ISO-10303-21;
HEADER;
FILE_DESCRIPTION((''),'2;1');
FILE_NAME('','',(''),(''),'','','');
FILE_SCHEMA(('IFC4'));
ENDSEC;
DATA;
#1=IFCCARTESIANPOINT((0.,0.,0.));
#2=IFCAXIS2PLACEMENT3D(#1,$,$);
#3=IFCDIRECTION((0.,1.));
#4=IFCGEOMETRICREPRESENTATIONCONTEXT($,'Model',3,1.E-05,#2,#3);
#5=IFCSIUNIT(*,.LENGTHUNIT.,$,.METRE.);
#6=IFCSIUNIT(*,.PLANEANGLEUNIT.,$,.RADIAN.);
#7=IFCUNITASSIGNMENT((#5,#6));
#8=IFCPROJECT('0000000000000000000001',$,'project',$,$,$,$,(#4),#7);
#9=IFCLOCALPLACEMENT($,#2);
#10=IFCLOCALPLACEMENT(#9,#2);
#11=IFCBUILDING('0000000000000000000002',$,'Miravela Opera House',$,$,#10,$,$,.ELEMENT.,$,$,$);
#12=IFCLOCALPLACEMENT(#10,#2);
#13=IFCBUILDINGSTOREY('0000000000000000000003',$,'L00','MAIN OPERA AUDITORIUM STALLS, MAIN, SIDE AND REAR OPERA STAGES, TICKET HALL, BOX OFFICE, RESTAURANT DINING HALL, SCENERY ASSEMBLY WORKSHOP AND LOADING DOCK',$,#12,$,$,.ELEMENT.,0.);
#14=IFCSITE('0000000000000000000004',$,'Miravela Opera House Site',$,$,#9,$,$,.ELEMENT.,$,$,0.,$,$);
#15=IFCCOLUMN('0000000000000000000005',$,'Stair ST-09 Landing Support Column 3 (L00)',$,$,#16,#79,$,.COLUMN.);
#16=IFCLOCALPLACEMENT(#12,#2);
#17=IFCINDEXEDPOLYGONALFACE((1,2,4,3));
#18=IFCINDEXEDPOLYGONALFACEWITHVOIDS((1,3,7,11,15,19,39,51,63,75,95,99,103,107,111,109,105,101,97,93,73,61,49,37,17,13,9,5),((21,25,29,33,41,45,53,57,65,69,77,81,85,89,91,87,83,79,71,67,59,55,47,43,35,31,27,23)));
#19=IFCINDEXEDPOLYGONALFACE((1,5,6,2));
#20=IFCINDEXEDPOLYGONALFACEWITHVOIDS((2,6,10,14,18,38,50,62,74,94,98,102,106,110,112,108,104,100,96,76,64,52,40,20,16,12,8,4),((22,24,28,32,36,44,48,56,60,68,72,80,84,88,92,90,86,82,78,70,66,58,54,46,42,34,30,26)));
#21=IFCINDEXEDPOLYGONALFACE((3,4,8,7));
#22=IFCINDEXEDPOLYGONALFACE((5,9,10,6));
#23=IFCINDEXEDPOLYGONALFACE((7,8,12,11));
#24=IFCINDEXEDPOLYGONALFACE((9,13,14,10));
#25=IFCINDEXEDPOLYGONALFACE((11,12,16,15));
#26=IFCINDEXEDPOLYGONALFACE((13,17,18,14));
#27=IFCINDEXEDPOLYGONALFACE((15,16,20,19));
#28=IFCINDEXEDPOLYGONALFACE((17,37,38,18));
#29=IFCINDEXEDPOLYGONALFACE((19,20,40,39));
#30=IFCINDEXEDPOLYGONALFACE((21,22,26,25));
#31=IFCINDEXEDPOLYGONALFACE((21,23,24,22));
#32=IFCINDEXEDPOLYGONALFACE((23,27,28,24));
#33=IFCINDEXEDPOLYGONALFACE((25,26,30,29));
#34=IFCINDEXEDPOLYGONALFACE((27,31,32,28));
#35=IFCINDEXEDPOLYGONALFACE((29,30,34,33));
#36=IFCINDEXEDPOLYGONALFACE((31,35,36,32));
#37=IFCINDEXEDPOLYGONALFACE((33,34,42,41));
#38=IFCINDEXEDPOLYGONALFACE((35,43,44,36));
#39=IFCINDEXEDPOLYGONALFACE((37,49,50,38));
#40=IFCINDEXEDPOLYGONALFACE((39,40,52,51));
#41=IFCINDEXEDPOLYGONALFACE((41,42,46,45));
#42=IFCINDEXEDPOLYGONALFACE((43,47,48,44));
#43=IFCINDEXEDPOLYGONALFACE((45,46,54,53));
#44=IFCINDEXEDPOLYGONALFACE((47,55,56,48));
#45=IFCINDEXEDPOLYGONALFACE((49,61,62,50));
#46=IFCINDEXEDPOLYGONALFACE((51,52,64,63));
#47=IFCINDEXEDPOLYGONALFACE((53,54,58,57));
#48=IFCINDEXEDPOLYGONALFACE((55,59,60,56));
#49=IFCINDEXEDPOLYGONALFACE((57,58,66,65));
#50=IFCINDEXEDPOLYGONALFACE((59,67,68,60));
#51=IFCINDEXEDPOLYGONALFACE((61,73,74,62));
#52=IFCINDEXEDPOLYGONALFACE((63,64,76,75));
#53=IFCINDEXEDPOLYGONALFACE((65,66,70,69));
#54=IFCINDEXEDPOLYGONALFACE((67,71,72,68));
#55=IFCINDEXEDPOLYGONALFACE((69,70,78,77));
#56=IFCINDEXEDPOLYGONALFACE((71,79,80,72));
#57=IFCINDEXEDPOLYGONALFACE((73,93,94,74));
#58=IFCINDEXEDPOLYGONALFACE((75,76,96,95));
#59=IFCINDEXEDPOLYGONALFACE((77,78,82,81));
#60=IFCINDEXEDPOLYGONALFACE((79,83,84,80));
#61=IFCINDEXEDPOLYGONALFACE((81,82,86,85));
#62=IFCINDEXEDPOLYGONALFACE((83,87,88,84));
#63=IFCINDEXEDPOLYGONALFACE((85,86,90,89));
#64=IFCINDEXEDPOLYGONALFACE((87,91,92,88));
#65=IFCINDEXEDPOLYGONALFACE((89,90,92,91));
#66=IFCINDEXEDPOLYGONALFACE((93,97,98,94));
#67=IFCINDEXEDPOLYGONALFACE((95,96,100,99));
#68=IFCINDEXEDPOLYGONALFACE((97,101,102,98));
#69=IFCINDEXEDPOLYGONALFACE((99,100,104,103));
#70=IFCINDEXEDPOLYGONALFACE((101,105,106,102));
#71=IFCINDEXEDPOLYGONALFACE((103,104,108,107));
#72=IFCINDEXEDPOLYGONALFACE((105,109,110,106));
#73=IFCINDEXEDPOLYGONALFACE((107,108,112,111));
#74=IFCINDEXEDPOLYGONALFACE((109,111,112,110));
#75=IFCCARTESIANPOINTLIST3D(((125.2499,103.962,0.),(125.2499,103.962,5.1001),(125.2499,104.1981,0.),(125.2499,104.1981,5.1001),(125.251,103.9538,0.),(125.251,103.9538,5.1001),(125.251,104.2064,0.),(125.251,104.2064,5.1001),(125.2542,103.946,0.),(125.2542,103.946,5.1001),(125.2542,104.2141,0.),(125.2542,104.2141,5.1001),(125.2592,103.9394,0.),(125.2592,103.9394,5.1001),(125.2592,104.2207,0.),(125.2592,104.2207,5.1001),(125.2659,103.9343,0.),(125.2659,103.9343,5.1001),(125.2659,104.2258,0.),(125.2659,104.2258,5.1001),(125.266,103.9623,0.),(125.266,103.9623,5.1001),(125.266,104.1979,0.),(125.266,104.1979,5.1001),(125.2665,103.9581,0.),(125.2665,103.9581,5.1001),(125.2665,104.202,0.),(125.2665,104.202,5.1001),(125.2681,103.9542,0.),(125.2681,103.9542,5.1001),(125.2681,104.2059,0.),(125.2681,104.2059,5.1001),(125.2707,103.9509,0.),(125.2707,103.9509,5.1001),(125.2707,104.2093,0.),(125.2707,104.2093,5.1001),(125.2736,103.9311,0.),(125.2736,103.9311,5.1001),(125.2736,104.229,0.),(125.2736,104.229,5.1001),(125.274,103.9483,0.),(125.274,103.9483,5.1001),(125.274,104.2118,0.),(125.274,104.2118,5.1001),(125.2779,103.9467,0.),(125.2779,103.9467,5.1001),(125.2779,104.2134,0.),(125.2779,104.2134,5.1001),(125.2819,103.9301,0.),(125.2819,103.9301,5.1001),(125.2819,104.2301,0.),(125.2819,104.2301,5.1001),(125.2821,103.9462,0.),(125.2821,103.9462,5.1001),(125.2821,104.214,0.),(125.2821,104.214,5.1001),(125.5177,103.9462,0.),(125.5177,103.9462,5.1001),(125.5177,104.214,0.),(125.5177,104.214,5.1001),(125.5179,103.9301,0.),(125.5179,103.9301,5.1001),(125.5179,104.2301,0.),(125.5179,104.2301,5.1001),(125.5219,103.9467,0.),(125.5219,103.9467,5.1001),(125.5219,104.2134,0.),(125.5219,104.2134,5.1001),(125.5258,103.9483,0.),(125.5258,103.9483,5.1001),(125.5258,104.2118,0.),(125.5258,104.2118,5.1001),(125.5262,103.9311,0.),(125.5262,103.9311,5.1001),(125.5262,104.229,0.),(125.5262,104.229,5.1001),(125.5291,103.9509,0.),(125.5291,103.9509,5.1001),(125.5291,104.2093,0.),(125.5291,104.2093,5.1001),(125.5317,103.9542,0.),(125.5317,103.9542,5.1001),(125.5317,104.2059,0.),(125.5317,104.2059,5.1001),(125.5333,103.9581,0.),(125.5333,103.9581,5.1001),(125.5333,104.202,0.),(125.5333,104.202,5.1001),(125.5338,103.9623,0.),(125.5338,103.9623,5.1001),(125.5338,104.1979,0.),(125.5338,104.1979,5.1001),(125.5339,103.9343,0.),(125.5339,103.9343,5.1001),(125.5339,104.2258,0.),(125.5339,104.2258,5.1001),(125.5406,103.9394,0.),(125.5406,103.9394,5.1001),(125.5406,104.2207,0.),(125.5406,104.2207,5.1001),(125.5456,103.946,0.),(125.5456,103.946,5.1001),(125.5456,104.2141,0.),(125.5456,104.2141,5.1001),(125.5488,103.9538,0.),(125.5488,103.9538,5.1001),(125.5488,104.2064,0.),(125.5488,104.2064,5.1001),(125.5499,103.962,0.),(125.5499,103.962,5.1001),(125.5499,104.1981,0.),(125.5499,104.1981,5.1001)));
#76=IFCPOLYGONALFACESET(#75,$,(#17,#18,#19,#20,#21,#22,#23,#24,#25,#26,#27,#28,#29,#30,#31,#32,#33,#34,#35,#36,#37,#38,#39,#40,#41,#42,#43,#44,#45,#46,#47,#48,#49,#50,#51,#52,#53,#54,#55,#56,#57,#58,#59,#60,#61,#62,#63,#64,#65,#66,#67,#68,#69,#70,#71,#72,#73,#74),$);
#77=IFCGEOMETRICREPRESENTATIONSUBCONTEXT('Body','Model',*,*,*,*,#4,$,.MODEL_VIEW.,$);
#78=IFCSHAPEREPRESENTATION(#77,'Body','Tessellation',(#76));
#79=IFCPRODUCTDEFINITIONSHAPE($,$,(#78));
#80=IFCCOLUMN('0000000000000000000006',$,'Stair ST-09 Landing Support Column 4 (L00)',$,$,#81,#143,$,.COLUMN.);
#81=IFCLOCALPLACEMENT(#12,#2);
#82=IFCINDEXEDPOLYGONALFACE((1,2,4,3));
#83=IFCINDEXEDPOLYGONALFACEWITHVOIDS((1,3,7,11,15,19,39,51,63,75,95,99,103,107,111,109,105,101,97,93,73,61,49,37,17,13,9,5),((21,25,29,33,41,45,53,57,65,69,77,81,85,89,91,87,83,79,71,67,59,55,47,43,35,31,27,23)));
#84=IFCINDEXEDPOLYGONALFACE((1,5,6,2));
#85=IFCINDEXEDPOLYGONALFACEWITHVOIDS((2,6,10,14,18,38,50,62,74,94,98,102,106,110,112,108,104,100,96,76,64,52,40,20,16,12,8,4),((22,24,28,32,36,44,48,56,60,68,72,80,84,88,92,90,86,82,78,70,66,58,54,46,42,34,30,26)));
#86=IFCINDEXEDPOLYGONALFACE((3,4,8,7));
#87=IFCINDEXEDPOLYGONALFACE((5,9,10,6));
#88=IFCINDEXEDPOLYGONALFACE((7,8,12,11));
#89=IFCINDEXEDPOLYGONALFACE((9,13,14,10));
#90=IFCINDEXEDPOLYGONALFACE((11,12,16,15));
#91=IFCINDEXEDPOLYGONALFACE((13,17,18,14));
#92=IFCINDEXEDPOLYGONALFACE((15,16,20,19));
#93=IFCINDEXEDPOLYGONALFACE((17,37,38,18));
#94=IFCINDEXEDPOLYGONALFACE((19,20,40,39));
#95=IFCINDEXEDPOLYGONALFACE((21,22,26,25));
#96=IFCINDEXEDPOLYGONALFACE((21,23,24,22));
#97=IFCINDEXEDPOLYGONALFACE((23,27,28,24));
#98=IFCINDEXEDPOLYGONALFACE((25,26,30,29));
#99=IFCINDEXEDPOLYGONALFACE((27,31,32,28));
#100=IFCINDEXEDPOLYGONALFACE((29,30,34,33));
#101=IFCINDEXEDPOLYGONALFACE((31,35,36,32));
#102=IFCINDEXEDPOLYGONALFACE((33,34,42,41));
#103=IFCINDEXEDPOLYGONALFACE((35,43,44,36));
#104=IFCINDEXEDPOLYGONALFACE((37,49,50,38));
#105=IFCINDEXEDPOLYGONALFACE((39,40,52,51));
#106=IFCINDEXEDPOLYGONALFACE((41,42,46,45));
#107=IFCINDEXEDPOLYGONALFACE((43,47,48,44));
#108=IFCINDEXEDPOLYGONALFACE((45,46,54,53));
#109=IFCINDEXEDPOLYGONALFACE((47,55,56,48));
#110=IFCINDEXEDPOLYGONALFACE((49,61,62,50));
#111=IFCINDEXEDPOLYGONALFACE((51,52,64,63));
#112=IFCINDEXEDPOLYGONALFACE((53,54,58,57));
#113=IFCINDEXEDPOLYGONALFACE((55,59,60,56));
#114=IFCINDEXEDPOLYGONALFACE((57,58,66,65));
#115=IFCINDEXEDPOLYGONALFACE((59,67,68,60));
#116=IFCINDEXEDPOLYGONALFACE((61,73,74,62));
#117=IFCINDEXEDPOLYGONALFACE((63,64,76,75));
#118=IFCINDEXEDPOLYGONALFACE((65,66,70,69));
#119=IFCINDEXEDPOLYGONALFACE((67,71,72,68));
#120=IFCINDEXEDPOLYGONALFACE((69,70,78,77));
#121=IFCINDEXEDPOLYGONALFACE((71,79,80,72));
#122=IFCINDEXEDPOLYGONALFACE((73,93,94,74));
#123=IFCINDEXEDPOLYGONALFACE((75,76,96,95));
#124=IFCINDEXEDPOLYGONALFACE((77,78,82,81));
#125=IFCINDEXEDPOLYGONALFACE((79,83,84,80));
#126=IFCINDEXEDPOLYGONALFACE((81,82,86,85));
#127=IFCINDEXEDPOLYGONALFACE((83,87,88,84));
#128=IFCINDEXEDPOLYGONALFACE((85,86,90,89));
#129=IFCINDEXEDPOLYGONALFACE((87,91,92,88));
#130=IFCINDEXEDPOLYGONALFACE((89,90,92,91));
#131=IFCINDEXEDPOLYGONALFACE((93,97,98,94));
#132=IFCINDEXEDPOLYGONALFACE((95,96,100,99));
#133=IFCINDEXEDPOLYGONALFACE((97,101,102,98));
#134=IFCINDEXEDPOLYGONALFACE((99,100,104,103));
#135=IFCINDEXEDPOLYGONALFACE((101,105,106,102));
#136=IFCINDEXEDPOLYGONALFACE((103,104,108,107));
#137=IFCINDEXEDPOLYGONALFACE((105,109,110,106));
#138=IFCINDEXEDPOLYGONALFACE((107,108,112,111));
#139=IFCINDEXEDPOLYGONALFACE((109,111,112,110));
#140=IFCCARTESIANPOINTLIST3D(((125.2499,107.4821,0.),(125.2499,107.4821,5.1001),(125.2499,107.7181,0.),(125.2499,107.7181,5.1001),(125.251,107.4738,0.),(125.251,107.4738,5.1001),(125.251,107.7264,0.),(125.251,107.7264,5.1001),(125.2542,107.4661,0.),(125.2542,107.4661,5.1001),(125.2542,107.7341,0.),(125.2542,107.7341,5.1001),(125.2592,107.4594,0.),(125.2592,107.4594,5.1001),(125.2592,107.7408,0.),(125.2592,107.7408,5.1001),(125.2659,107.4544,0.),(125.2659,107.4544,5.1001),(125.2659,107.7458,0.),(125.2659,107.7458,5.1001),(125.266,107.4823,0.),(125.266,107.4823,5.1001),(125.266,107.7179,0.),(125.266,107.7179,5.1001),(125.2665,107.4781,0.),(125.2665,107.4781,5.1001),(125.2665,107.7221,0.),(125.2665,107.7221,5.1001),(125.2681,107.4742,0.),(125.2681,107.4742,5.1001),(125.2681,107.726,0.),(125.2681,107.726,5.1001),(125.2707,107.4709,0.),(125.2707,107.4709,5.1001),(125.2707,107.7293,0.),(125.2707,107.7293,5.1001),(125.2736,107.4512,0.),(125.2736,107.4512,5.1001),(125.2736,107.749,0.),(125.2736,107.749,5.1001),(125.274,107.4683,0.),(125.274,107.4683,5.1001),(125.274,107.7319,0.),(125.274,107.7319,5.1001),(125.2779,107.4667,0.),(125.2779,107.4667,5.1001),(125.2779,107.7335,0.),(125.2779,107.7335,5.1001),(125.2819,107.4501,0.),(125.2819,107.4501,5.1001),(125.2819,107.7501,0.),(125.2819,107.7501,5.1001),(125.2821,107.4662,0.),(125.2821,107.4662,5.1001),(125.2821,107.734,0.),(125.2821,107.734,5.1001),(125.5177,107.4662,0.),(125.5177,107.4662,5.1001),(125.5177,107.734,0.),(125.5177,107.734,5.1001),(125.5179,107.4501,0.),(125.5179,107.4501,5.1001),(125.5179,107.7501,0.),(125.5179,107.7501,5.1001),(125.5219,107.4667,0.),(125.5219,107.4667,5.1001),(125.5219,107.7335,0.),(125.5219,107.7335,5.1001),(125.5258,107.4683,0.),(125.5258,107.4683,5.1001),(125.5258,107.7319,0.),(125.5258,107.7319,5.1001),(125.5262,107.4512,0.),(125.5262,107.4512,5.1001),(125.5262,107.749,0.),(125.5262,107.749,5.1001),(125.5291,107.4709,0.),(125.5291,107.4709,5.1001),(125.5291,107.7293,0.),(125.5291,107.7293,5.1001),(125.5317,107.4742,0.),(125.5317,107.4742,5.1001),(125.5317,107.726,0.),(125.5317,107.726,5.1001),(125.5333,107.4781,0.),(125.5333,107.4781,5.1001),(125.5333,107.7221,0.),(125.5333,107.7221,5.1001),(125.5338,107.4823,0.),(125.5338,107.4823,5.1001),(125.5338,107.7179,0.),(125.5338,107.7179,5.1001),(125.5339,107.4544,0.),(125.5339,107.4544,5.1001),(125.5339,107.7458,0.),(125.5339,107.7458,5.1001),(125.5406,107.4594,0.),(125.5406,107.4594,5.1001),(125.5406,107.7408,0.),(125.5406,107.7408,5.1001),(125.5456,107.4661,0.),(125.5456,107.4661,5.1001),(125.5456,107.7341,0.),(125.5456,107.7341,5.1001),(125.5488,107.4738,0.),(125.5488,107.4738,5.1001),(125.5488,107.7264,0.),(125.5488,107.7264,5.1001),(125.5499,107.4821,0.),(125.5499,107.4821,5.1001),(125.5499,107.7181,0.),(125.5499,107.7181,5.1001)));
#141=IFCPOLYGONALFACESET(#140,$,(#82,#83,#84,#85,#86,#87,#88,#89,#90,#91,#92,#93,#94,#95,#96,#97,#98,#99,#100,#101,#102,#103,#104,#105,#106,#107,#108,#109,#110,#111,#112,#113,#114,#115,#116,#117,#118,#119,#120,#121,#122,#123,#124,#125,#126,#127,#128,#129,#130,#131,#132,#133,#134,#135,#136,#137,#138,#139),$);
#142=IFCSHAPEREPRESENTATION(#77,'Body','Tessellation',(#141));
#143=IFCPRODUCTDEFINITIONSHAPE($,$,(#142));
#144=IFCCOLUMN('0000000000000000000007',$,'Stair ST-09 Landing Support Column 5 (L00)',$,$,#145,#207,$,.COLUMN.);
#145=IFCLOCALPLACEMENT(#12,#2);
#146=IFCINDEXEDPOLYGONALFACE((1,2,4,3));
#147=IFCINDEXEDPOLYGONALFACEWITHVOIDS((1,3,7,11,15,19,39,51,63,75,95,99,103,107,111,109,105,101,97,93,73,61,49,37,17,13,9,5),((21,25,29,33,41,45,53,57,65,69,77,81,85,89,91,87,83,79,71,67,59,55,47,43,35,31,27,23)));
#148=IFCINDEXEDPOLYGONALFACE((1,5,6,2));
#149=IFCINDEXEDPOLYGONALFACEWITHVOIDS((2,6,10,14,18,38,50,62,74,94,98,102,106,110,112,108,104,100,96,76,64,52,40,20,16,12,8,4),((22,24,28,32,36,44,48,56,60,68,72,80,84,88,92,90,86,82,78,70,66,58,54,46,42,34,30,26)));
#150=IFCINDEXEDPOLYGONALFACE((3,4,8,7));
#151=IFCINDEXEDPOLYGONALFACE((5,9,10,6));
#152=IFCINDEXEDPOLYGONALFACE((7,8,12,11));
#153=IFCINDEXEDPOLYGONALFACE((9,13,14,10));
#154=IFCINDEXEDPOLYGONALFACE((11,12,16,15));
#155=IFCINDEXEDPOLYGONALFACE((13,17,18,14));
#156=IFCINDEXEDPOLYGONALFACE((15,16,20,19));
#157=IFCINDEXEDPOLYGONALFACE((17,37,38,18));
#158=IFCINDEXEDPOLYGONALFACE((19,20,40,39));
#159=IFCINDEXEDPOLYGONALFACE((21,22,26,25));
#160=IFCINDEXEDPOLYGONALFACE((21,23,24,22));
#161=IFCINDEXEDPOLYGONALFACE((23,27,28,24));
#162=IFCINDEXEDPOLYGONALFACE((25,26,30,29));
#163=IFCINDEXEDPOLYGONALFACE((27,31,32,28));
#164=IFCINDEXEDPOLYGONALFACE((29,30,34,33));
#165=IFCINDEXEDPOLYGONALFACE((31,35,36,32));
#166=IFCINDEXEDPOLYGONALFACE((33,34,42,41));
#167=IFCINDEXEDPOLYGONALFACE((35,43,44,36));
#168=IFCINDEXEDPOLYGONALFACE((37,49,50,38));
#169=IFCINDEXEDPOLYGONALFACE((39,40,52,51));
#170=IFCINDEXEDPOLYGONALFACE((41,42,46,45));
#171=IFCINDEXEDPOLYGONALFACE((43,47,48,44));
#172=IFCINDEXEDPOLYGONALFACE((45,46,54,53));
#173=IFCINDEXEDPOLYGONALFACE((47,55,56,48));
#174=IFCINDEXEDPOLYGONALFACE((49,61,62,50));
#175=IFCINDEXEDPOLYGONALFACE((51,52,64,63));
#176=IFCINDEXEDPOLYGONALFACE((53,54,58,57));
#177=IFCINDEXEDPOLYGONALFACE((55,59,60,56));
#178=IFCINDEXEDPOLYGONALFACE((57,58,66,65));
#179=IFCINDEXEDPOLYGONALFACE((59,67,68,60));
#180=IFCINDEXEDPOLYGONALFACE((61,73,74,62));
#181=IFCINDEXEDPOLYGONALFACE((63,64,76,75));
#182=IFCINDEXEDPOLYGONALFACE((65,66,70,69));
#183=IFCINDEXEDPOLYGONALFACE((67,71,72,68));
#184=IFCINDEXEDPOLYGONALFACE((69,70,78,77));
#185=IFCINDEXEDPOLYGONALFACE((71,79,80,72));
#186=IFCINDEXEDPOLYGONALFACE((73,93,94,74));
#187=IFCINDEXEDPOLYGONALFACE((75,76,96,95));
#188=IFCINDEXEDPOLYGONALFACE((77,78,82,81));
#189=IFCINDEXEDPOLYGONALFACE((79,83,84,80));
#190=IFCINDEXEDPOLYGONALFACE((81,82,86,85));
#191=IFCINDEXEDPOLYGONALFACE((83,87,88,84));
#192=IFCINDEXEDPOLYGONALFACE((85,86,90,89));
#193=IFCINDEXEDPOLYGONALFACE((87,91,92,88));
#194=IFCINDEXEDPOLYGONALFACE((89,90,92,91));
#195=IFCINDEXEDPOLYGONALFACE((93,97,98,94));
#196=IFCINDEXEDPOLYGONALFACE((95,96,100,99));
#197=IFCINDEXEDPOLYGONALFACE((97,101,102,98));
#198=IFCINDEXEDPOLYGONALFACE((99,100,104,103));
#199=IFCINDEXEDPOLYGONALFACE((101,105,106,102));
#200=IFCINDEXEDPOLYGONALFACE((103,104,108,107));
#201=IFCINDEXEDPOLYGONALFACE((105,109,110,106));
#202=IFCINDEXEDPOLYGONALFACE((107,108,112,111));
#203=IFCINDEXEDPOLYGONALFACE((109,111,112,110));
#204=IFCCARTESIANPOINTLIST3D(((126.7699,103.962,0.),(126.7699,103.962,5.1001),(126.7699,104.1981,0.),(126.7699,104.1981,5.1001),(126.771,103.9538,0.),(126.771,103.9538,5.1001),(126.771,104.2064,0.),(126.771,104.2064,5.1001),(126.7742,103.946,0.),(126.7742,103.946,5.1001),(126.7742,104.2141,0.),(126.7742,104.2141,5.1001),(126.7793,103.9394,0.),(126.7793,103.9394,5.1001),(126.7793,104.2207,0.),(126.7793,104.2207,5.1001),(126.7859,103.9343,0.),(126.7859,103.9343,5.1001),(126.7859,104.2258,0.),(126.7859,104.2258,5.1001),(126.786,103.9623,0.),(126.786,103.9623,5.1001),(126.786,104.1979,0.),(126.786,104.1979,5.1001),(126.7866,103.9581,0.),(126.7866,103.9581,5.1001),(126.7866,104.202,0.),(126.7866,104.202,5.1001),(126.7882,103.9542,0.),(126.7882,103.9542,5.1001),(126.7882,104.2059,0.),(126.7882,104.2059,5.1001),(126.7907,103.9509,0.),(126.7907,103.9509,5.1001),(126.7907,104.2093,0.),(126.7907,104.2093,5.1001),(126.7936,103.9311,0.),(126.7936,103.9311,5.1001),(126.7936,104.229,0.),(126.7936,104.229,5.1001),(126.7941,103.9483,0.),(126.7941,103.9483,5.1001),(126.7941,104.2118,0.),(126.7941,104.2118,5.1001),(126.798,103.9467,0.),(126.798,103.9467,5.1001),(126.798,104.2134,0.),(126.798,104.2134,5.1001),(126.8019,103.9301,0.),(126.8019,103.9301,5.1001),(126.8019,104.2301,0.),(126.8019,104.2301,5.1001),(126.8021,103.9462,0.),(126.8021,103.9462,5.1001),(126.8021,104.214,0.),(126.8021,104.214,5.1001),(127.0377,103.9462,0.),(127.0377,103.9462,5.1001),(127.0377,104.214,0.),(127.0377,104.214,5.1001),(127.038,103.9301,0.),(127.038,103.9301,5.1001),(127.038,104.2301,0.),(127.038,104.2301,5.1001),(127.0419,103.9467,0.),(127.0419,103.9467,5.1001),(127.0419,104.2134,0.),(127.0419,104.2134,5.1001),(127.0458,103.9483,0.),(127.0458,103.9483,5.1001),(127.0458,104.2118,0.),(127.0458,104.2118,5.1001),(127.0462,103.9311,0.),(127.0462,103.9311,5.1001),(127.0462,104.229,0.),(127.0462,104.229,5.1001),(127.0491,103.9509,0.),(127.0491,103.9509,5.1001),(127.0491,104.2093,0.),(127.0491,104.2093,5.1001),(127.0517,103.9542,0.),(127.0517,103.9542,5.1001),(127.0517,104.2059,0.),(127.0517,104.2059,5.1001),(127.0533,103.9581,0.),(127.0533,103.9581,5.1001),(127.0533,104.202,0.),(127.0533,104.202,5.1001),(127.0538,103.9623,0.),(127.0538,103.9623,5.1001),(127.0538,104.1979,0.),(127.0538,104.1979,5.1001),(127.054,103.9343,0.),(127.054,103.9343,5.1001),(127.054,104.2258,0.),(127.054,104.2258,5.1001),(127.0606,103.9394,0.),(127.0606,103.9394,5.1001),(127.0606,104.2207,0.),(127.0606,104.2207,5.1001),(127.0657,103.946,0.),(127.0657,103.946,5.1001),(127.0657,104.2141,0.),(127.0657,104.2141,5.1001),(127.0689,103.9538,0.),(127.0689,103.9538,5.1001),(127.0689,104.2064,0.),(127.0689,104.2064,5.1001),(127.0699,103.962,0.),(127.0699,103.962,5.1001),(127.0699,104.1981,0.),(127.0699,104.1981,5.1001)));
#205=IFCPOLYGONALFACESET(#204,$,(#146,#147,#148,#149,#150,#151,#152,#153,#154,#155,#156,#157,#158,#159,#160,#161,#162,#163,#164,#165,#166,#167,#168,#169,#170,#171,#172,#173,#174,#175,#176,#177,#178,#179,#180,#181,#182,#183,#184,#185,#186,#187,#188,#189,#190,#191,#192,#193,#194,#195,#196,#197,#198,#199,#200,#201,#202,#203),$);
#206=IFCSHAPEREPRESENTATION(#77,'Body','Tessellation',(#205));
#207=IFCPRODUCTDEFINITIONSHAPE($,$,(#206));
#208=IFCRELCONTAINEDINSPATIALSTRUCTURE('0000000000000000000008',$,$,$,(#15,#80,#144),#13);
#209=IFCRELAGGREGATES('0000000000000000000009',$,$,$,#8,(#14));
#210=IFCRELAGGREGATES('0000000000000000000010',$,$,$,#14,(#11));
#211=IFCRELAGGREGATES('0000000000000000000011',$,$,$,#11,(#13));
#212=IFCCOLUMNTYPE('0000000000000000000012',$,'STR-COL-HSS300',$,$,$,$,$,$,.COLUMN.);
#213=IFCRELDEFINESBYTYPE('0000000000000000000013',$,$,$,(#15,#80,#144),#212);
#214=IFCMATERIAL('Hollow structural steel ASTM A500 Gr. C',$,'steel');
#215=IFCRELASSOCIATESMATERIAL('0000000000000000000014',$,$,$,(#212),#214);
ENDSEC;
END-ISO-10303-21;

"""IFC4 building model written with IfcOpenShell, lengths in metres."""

from ifc_helpers import new_model, si_unit, direction, frame, origin, origin_2d, place, context, subcontext, project, spatial, hollow_rectangle, extrude, material, material_profile, profile_set, type_object, element, save


model = new_model("IFC4")

# Units and contexts
model_context = context("Model", 3, precision=1e-05, world=origin(), true_north=direction((0.0, 1.0)))
body_context = subcontext(model_context, "Body", "Model", "MODEL_VIEW")
ifc_project = project(units=[si_unit("LENGTHUNIT", "METRE"), si_unit("PLANEANGLEUNIT", "RADIAN")], contexts=[model_context])

# Site, building, storey
site_placement = place(None, origin())
site = spatial("IfcSite", under=ifc_project, at=site_placement, Name="Miravela Opera House Site", CompositionType="ELEMENT", RefElevation=0.0)
building_placement = place(site_placement, origin())
building = spatial("IfcBuilding", under=site, at=building_placement, Name="Miravela Opera House", CompositionType="ELEMENT")
storey_placement = place(building_placement, origin())
storey = spatial("IfcBuildingStorey", under=building, at=storey_placement, Name="L00", Description="MAIN OPERA AUDITORIUM STALLS, MAIN, SIDE AND REAR OPERA STAGES, TICKET HALL, BOX OFFICE, RESTAURANT DINING HALL, SCENERY ASSEMBLY WORKSHOP AND LOADING DOCK", CompositionType="ELEMENT", Elevation=0.0)

# Columns
ifc_material_1 = material(Name="Hollow structural steel ASTM A500 Gr. C", Category="steel")
ifc_material_profile_1 = material_profile(ifc_material_1, hollow_rectangle(XDim=0.3, YDim=0.3, WallThickness=0.0161, InnerFilletRadius=0.0161, OuterFilletRadius=0.032, at=origin_2d()), Name="HSS300X300X16")
ifc_profile_set_1 = profile_set([ifc_material_profile_1])
column_type_1 = type_object("IfcColumnType", Name="STR-COL-HSS300", PredefinedType="COLUMN", material=ifc_profile_set_1)
for number, where, z_axis, x_axis, name in (
    (1, (125.3999, 104.0801, 0.0), (0.0, 0.0, 1.0), (1.0, 0.0, 0.0), "Stair ST-09 Landing Support Column 3 (L00)"),
    (2, (125.3999, 107.6001, 0.0), (0.0, 0.0, 1.0), (1.0, 0.0, 0.0), "Stair ST-09 Landing Support Column 4 (L00)"),
    (3, (126.9199, 104.0801, 0.0), (0.0, 0.0, 1.0), (1.0, 0.0, 0.0), "Stair ST-09 Landing Support Column 5 (L00)"),
):
    element("IfcColumn", number, at=place(storey_placement, frame(where, z_axis=z_axis, x_axis=x_axis)), inside=storey, type_object=column_type_1, Name=name, PredefinedType="COLUMN", context=body_context, shape_type="SweptSolid", body=[
        extrude(hollow_rectangle(XDim=0.3, YDim=0.3, WallThickness=0.0161, InnerFilletRadius=0.0161, OuterFilletRadius=0.032, at=origin_2d()), origin(), (0.0, 0.0, 1.0), 5.1001),
    ])

save(model, "model.ifc")
